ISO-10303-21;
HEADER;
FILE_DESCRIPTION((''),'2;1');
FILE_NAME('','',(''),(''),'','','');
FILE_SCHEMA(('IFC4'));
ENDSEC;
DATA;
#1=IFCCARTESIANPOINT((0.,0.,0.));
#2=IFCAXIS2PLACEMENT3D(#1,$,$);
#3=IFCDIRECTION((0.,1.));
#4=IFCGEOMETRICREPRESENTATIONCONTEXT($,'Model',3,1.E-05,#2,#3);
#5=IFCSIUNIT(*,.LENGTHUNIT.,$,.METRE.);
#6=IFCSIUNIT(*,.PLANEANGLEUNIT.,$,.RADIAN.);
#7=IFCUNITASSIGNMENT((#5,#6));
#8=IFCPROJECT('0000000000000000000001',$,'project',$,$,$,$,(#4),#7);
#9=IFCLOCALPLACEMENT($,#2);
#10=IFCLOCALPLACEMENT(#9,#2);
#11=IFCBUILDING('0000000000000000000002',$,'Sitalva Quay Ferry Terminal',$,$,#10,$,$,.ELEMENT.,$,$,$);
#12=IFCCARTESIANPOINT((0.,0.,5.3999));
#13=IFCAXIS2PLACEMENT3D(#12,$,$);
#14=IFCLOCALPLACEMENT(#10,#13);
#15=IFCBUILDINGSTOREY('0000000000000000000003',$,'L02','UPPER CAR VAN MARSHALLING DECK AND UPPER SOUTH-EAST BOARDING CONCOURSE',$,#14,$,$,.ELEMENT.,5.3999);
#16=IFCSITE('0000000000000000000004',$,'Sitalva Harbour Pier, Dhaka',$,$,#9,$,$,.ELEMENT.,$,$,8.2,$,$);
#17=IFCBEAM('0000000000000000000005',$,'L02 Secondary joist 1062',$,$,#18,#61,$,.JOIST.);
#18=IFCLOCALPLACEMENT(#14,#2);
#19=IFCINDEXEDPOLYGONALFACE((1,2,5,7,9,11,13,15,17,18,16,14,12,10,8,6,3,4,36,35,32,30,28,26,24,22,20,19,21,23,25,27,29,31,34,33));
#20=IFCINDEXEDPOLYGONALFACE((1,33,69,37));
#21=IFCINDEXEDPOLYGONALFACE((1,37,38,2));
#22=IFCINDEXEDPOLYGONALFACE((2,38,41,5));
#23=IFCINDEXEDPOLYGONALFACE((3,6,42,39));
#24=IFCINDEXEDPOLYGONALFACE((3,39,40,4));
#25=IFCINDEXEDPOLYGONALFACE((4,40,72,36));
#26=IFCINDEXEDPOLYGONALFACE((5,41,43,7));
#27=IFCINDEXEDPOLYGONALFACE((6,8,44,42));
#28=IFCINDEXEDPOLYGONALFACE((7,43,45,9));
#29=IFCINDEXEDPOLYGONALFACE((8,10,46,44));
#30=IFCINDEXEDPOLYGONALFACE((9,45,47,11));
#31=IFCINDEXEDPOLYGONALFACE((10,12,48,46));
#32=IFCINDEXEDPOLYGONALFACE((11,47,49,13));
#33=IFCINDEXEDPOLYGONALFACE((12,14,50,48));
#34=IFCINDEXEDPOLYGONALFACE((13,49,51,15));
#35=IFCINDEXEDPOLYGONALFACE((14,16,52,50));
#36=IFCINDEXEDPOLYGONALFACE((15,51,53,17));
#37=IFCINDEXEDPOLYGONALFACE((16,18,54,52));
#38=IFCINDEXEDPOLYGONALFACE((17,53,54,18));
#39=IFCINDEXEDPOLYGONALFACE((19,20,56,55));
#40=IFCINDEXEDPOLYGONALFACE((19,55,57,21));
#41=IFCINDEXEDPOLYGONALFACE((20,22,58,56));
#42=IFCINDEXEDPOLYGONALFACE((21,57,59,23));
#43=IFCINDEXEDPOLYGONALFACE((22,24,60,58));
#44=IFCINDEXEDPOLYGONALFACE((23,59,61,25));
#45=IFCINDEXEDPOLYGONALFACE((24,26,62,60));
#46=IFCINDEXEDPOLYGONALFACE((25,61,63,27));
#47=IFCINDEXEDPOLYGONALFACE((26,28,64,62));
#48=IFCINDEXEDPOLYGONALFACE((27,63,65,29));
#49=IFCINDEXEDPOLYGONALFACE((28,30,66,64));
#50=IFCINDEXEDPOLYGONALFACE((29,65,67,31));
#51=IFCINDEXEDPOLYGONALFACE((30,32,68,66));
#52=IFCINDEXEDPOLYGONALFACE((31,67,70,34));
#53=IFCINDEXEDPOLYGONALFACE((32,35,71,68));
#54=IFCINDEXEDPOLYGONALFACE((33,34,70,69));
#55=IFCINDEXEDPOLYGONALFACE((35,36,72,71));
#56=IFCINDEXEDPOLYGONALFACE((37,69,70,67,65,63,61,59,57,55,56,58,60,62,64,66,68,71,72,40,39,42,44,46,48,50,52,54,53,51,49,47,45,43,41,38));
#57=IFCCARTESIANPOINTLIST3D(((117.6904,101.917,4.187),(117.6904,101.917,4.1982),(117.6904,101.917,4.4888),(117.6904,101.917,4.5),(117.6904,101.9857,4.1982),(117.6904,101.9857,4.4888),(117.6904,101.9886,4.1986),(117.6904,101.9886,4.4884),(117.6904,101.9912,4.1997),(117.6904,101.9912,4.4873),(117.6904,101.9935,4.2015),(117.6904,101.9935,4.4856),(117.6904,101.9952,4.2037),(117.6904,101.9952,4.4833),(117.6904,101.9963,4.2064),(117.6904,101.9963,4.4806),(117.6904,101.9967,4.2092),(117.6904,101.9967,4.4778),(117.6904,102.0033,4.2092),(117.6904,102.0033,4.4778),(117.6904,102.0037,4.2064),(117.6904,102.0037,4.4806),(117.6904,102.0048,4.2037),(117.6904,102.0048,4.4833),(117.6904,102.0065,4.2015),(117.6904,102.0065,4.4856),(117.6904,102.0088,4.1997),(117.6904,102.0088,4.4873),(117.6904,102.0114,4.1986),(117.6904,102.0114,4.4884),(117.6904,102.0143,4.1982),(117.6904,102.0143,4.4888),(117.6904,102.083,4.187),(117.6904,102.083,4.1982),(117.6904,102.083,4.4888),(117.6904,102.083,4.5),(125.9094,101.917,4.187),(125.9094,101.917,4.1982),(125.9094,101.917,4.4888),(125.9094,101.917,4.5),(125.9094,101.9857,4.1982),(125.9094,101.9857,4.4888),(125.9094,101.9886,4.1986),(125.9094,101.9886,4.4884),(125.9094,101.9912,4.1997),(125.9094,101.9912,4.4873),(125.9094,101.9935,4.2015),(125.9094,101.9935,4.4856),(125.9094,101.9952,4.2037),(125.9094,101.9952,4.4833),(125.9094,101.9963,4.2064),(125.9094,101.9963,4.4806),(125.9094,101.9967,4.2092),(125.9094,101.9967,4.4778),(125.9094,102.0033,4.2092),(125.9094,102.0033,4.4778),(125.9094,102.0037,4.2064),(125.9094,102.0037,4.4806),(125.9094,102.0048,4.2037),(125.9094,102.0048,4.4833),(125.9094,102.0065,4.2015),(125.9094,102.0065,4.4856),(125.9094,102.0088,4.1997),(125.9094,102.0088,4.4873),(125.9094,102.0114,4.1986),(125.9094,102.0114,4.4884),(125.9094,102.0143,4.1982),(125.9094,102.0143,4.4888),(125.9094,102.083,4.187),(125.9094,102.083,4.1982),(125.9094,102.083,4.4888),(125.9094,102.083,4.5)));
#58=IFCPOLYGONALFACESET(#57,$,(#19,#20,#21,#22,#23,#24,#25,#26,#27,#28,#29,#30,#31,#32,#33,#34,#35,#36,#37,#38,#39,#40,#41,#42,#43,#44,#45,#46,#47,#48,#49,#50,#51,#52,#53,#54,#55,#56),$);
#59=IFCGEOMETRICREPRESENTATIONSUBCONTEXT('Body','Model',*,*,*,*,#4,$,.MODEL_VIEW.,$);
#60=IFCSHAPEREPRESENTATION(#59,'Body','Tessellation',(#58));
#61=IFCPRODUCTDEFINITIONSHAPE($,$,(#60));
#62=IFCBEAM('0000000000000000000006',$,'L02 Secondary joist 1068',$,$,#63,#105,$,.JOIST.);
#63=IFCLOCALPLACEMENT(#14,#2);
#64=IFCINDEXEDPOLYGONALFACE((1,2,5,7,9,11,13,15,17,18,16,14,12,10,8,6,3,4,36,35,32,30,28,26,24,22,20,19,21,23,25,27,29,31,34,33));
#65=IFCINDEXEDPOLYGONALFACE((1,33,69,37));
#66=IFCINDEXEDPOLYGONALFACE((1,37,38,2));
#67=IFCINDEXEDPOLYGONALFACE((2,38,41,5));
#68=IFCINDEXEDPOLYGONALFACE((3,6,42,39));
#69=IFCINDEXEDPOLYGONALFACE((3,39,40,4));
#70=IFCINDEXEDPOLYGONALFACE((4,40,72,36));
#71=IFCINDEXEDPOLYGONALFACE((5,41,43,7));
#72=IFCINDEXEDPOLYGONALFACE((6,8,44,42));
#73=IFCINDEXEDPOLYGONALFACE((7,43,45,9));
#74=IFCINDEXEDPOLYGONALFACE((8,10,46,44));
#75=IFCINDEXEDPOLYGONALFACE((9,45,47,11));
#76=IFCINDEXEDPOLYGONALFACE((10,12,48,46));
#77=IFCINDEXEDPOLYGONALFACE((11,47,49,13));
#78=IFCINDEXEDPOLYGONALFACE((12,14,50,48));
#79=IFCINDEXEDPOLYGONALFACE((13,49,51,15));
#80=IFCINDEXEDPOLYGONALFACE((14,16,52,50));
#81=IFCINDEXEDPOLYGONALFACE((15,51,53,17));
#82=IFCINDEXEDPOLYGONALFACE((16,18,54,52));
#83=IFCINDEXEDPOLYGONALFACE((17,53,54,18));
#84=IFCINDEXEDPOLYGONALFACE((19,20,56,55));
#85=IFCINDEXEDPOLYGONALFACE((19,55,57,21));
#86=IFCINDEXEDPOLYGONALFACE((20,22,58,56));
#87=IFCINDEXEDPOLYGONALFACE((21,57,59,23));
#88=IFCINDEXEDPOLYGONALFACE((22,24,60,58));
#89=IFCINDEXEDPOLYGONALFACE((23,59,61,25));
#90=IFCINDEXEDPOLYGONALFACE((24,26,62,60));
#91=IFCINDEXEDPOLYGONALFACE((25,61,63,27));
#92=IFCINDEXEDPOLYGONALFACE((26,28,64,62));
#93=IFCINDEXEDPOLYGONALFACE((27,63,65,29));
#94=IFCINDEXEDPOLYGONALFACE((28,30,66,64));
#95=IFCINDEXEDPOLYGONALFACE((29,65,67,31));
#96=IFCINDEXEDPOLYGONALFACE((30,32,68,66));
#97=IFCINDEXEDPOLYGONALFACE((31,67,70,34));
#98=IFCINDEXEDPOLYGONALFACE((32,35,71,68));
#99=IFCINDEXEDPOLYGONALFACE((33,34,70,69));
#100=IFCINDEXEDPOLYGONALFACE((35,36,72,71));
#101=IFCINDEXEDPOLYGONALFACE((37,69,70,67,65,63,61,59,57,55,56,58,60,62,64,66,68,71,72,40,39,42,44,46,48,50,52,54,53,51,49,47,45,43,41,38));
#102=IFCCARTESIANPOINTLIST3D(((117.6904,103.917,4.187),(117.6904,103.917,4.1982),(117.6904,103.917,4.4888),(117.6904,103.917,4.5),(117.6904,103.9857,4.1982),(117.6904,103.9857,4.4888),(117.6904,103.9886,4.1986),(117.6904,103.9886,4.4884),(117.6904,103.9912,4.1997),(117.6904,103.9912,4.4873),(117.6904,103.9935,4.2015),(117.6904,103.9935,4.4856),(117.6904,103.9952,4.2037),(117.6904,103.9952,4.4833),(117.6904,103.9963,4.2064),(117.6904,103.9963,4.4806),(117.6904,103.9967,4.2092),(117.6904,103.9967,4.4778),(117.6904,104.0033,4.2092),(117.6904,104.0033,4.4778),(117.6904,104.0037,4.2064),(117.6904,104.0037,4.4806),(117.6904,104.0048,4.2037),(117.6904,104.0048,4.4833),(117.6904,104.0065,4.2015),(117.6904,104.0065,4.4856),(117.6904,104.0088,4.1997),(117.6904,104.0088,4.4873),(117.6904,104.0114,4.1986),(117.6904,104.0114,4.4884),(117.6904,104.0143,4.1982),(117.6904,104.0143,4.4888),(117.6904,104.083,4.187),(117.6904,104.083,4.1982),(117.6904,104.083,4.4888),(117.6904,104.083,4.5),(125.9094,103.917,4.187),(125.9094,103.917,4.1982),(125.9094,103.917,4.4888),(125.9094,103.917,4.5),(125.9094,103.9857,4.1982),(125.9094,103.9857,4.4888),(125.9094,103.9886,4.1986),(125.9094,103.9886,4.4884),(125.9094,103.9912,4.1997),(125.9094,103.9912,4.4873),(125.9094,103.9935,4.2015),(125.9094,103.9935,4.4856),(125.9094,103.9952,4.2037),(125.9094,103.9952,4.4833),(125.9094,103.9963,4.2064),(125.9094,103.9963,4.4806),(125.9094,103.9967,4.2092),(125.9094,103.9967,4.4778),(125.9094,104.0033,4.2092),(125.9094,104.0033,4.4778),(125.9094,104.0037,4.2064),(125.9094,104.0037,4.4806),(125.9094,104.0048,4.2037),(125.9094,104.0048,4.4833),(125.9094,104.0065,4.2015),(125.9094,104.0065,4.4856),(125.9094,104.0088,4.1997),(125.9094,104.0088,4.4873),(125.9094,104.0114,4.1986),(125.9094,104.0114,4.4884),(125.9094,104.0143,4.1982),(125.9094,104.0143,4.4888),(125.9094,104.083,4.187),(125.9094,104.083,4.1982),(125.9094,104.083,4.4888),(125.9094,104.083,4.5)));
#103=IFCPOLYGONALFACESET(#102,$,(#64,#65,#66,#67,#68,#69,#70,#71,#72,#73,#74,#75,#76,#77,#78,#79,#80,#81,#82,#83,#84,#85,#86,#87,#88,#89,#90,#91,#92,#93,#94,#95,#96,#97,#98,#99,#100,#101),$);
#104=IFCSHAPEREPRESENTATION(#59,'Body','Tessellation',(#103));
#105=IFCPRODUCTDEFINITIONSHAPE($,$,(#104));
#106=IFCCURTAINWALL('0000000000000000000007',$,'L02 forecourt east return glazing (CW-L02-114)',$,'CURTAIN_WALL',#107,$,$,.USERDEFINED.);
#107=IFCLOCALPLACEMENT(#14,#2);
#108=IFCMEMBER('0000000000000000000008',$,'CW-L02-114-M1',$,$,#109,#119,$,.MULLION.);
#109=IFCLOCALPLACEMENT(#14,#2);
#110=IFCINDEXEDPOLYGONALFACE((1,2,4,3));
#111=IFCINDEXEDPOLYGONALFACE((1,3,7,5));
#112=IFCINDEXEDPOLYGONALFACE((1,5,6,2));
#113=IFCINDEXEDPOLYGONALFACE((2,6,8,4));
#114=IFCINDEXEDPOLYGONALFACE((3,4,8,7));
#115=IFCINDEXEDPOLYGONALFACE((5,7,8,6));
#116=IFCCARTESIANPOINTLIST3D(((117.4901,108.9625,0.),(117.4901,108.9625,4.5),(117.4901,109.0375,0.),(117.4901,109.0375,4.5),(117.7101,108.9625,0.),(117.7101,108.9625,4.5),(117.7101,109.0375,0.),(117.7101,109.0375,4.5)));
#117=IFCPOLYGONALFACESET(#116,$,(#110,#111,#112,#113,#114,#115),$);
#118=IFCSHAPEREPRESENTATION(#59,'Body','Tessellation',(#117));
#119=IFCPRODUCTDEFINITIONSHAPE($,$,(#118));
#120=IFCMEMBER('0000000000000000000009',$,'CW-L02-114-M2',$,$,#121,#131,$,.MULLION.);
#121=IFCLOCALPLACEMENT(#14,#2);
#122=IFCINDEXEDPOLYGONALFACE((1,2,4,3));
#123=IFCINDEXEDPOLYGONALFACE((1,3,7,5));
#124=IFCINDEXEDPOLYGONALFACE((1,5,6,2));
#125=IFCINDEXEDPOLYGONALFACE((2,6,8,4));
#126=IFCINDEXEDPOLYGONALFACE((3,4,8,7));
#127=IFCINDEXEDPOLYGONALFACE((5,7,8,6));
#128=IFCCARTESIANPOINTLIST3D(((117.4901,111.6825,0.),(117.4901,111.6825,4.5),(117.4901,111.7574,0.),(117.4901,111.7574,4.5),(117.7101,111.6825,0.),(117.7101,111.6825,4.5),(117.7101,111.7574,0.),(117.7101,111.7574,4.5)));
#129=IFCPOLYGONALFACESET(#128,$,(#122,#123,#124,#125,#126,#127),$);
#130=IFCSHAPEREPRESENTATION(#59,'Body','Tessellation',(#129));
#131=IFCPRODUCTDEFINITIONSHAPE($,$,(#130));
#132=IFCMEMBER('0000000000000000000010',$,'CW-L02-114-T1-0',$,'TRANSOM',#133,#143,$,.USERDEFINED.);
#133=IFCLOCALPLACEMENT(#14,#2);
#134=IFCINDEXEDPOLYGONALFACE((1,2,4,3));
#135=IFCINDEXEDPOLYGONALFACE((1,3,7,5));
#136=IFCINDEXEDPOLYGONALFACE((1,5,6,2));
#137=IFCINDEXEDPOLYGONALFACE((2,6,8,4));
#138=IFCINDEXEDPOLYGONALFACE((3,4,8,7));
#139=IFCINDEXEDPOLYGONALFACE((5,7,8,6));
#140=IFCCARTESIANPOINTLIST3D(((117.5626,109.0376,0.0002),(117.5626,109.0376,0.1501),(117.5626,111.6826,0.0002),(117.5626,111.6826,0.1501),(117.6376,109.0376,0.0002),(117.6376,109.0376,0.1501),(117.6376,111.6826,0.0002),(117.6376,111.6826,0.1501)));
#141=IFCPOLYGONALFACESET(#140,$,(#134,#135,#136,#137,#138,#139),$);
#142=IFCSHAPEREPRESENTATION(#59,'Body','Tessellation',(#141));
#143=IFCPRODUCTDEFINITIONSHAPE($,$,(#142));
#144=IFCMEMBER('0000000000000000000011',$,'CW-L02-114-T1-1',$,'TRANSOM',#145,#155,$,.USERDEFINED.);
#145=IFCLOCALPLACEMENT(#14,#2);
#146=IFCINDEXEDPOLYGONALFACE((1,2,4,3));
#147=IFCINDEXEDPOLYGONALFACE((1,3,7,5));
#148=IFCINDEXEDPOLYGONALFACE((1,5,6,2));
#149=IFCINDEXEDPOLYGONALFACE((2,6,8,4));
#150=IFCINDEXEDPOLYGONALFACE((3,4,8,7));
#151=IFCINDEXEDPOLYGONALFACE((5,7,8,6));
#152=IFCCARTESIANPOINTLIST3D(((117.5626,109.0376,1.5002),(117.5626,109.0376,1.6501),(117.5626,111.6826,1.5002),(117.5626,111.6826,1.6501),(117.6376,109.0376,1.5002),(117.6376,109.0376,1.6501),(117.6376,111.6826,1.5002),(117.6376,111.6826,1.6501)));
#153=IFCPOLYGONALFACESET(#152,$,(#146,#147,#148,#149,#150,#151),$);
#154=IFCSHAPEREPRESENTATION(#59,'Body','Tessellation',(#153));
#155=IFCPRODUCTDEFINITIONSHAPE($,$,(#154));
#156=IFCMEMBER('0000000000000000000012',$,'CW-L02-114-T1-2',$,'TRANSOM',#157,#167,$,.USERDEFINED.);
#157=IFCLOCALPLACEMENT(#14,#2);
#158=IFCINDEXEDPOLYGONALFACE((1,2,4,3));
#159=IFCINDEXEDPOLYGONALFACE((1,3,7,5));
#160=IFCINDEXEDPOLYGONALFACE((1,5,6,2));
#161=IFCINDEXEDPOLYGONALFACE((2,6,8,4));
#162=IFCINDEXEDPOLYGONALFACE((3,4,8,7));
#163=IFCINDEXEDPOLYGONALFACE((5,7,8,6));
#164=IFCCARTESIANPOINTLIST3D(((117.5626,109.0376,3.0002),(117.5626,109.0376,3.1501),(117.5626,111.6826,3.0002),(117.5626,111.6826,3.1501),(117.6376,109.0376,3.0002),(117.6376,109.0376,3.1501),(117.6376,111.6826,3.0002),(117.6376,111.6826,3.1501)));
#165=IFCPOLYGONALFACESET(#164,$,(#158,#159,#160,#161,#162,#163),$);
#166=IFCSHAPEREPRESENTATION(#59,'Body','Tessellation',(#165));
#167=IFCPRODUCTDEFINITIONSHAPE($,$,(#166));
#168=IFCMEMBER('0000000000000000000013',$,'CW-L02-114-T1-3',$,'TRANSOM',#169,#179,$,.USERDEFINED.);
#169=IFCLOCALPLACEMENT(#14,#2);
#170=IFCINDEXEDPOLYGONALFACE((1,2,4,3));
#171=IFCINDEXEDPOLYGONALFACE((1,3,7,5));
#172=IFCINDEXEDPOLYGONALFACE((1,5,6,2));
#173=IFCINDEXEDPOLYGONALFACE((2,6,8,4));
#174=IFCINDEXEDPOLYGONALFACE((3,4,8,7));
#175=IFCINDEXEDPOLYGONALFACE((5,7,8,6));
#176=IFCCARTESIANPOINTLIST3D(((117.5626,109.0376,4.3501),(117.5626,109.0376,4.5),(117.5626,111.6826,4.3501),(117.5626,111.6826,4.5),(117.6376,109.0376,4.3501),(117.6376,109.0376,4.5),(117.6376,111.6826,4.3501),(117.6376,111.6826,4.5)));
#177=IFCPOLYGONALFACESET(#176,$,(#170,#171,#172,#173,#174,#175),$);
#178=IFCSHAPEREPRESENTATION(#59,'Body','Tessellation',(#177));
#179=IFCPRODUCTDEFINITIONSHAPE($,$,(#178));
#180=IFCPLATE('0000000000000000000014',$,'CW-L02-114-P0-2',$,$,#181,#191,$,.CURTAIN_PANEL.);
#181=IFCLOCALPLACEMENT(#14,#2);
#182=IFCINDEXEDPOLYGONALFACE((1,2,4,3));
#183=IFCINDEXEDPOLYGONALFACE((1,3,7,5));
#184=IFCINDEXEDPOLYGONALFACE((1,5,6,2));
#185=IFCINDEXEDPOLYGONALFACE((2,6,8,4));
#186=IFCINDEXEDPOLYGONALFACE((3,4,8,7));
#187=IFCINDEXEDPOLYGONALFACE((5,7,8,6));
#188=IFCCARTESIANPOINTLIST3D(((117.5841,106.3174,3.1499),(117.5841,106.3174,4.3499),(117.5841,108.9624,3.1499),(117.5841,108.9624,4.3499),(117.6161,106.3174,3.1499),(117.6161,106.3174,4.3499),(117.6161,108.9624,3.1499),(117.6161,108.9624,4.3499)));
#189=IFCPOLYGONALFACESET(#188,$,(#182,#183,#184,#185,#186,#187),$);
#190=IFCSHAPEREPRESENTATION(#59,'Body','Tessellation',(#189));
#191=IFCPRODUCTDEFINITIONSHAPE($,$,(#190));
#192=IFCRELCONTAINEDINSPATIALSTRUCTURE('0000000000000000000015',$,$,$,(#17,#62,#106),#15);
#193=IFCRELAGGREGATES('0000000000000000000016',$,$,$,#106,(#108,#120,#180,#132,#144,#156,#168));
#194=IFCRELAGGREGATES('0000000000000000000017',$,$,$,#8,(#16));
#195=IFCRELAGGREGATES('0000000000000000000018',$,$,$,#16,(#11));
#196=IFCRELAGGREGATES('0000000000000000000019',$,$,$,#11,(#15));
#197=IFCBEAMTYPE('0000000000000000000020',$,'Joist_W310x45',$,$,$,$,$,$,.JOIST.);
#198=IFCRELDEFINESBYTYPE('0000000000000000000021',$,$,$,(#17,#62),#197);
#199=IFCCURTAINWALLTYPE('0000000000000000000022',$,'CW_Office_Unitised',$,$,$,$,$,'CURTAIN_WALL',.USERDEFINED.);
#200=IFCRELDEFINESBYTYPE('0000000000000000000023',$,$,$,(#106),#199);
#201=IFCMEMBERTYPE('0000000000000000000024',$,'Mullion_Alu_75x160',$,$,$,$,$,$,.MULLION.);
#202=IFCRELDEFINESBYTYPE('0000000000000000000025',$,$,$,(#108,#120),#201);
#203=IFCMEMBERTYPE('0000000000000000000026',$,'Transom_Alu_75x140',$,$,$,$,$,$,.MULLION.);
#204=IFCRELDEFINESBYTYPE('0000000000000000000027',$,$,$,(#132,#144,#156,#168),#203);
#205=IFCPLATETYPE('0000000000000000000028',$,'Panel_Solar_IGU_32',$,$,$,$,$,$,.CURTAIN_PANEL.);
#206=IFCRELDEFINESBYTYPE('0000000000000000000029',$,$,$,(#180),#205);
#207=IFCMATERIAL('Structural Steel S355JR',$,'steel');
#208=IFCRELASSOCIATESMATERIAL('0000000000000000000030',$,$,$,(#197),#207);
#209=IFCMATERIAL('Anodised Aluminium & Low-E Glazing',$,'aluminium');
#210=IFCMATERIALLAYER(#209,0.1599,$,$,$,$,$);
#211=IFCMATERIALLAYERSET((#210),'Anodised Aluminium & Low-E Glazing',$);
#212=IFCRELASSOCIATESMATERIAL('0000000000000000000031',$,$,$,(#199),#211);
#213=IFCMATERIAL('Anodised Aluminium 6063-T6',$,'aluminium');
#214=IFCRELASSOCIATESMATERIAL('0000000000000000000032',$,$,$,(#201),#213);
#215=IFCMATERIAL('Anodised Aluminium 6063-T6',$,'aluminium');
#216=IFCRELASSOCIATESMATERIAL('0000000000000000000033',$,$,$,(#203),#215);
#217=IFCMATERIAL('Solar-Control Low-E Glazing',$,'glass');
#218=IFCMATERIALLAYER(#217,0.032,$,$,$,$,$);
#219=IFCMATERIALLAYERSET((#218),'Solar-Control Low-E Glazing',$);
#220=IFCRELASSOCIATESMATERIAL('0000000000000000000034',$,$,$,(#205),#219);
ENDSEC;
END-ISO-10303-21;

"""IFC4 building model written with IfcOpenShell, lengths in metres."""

from ifc_helpers import new_model, si_unit, direction, frame, origin, origin_2d, place, context, subcontext, project, spatial, rectangle, i_section, extrude, material, layer, layer_set, material_profile, profile_set, type_object, element, aggregate, save


model = new_model("IFC4")

# Units and contexts
model_context = context("Model", 3, precision=1e-05, world=origin(), true_north=direction((0.0, 1.0)))
body_context = subcontext(model_context, "Body", "Model", "MODEL_VIEW")
ifc_project = project(units=[si_unit("LENGTHUNIT", "METRE"), si_unit("PLANEANGLEUNIT", "RADIAN")], contexts=[model_context])

# Site, building, storey
site_placement = place(None, origin())
site = spatial("IfcSite", under=ifc_project, at=site_placement, Name="Sitalva Harbour Pier, Dhaka", CompositionType="ELEMENT", RefElevation=8.2)
building_placement = place(site_placement, origin())
building = spatial("IfcBuilding", under=site, at=building_placement, Name="Sitalva Quay Ferry Terminal", CompositionType="ELEMENT")
storey_placement = place(building_placement, frame((0.0, 0.0, 5.3999)))
storey = spatial("IfcBuildingStorey", under=building, at=storey_placement, Name="L02", Description="UPPER CAR VAN MARSHALLING DECK AND UPPER SOUTH-EAST BOARDING CONCOURSE", CompositionType="ELEMENT", Elevation=5.3999)

# Beams
ifc_material_1 = material(Name="Structural Steel S355JR", Category="steel")
ifc_material_profile_1 = material_profile(ifc_material_1, i_section(OverallWidth=0.166, OverallDepth=0.313, WebThickness=0.0066, FlangeThickness=0.0112, FilletRadius=0.011, at=origin_2d()), Name="W310x45")
ifc_profile_set_1 = profile_set([ifc_material_profile_1], Name="Structural Steel S355JR")
beam_type_1 = type_object("IfcBeamType", Name="Joist_W310x45", PredefinedType="JOIST", material=ifc_profile_set_1)
for number, where, z_axis, x_axis, name in (
    (1, (117.6904, 102.0, 4.3435), (1.0, 0.0, 0.0), (0.0, 1.0, 0.0), "L02 Secondary joist 1062"),
    (2, (117.6904, 104.0, 4.3435), (1.0, 0.0, 0.0), (0.0, 1.0, 0.0), "L02 Secondary joist 1068"),
):
    element("IfcBeam", number, at=place(storey_placement, frame(where, z_axis=z_axis, x_axis=x_axis)), inside=storey, type_object=beam_type_1, Name=name, PredefinedType="JOIST", context=body_context, shape_type="SweptSolid", body=[
        extrude(i_section(OverallWidth=0.166, OverallDepth=0.313, WebThickness=0.0066, FlangeThickness=0.0112, FilletRadius=0.011, at=origin_2d()), origin(), (0.0, 0.0, 1.0), 8.219),
    ])

# Curtain wall, members, plate
ifc_material_2 = material(Name="Anodised Aluminium & Low-E Glazing", Category="aluminium")
ifc_layer_1 = layer(ifc_material_2, 0.1599)
ifc_layer_set_1 = layer_set([ifc_layer_1], Name="Anodised Aluminium & Low-E Glazing")
curtain_wall_type = type_object("IfcCurtainWallType", Name="CW_Office_Unitised", ElementType="CURTAIN_WALL", PredefinedType="USERDEFINED", material=ifc_layer_set_1)
curtain_wall_placement = place(storey_placement, origin())
curtain_wall = element("IfcCurtainWall", 3, at=curtain_wall_placement, inside=storey, type_object=curtain_wall_type, Name="L02 forecourt east return glazing (CW-L02-114)", ObjectType="CURTAIN_WALL", PredefinedType="USERDEFINED")
ifc_material_3 = material(Name="Anodised Aluminium 6063-T6", Category="aluminium")
ifc_material_profile_2 = material_profile(ifc_material_3, rectangle(XDim=0.075, YDim=0.22, at=origin_2d()), Name="ALU75x220")
ifc_profile_set_2 = profile_set([ifc_material_profile_2], Name="Anodised Aluminium 6063-T6")
member_type_1 = type_object("IfcMemberType", Name="Mullion_Alu_75x160", PredefinedType="MULLION", material=ifc_profile_set_2)
member_1_placement = place(storey_placement, frame((117.6001, 109.0, 0.0), z_axis=(0.0, 0.0, 1.0), x_axis=(0.0, 1.0, 0.0)))
member_1 = element("IfcMember", 4, at=member_1_placement, type_object=member_type_1, Name="CW-L02-114-M1", PredefinedType="MULLION", context=body_context, shape_type="SweptSolid", body=[
    extrude(rectangle(XDim=0.075, YDim=0.22, at=origin_2d()), origin(), (0.0, 0.0, 1.0), 4.5),
])
member_2_placement = place(storey_placement, frame((117.6001, 111.72, 0.0), z_axis=(0.0, 0.0, 1.0), x_axis=(0.0, 1.0, 0.0)))
member_2 = element("IfcMember", 5, at=member_2_placement, type_object=member_type_1, Name="CW-L02-114-M2", PredefinedType="MULLION", context=body_context, shape_type="SweptSolid", body=[
    extrude(rectangle(XDim=0.075, YDim=0.22, at=origin_2d()), origin(), (0.0, 0.0, 1.0), 4.5),
])
ifc_material_4 = material(Name="Anodised Aluminium 6063-T6", Category="aluminium")
ifc_material_profile_3 = material_profile(ifc_material_4, rectangle(XDim=0.075, YDim=0.1499, at=origin_2d()), Name="ALU75x150")
ifc_profile_set_3 = profile_set([ifc_material_profile_3], Name="Anodised Aluminium 6063-T6")
member_type_2 = type_object("IfcMemberType", Name="Transom_Alu_75x140", PredefinedType="MULLION", material=ifc_profile_set_3)
member_3_placement = place(storey_placement, frame((117.6001, 109.0376, 0.0752), z_axis=(0.0, 1.0, 0.0), x_axis=(-1.0, 0.0, 0.0)))
member_3 = element("IfcMember", 6, at=member_3_placement, type_object=member_type_2, Name="CW-L02-114-T1-0", ObjectType="TRANSOM", PredefinedType="USERDEFINED", context=body_context, shape_type="SweptSolid", body=[
    extrude(rectangle(XDim=0.075, YDim=0.1499, at=origin_2d()), origin(), (0.0, 0.0, 1.0), 2.645),
])
member_4_placement = place(storey_placement, frame((117.6001, 109.0376, 1.5752), z_axis=(0.0, 1.0, 0.0), x_axis=(-1.0, 0.0, 0.0)))
member_4 = element("IfcMember", 7, at=member_4_placement, type_object=member_type_2, Name="CW-L02-114-T1-1", ObjectType="TRANSOM", PredefinedType="USERDEFINED", context=body_context, shape_type="SweptSolid", body=[
    extrude(rectangle(XDim=0.075, YDim=0.1499, at=origin_2d()), origin(), (0.0, 0.0, 1.0), 2.645),
])
member_5_placement = place(storey_placement, frame((117.6001, 109.0376, 3.0752), z_axis=(0.0, 1.0, 0.0), x_axis=(-1.0, 0.0, 0.0)))
member_5 = element("IfcMember", 8, at=member_5_placement, type_object=member_type_2, Name="CW-L02-114-T1-2", ObjectType="TRANSOM", PredefinedType="USERDEFINED", context=body_context, shape_type="SweptSolid", body=[
    extrude(rectangle(XDim=0.075, YDim=0.1499, at=origin_2d()), origin(), (0.0, 0.0, 1.0), 2.645),
])
member_6_placement = place(storey_placement, frame((117.6001, 109.0376, 4.425), z_axis=(0.0, 1.0, 0.0), x_axis=(-1.0, 0.0, 0.0)))
member_6 = element("IfcMember", 9, at=member_6_placement, type_object=member_type_2, Name="CW-L02-114-T1-3", ObjectType="TRANSOM", PredefinedType="USERDEFINED", context=body_context, shape_type="SweptSolid", body=[
    extrude(rectangle(XDim=0.075, YDim=0.1499, at=origin_2d()), origin(), (0.0, 0.0, 1.0), 2.645),
])
ifc_material_5 = material(Name="Solar-Control Low-E Glazing", Category="glass")
ifc_layer_2 = layer(ifc_material_5, 0.032)
ifc_layer_set_2 = layer_set([ifc_layer_2], Name="Solar-Control Low-E Glazing")
plate_type = type_object("IfcPlateType", Name="Panel_Solar_IGU_32", PredefinedType="CURTAIN_PANEL", material=ifc_layer_set_2)
plate_1_placement = place(storey_placement, frame((117.6001, 107.6399, 3.1499), z_axis=(0.0, 0.0, 1.0), x_axis=(0.0, 1.0, 0.0)))
plate_1 = element("IfcPlate", 10, at=plate_1_placement, type_object=plate_type, Name="CW-L02-114-P0-2", PredefinedType="CURTAIN_PANEL", context=body_context, shape_type="SweptSolid", body=[
    extrude(rectangle(XDim=2.645, YDim=0.032, at=origin_2d()), origin(), (0.0, 0.0, 1.0), 1.2),
])
aggregate(curtain_wall, [member_1, member_2, plate_1, member_3, member_4, member_5, member_6])

save(model, "model.ifc")
